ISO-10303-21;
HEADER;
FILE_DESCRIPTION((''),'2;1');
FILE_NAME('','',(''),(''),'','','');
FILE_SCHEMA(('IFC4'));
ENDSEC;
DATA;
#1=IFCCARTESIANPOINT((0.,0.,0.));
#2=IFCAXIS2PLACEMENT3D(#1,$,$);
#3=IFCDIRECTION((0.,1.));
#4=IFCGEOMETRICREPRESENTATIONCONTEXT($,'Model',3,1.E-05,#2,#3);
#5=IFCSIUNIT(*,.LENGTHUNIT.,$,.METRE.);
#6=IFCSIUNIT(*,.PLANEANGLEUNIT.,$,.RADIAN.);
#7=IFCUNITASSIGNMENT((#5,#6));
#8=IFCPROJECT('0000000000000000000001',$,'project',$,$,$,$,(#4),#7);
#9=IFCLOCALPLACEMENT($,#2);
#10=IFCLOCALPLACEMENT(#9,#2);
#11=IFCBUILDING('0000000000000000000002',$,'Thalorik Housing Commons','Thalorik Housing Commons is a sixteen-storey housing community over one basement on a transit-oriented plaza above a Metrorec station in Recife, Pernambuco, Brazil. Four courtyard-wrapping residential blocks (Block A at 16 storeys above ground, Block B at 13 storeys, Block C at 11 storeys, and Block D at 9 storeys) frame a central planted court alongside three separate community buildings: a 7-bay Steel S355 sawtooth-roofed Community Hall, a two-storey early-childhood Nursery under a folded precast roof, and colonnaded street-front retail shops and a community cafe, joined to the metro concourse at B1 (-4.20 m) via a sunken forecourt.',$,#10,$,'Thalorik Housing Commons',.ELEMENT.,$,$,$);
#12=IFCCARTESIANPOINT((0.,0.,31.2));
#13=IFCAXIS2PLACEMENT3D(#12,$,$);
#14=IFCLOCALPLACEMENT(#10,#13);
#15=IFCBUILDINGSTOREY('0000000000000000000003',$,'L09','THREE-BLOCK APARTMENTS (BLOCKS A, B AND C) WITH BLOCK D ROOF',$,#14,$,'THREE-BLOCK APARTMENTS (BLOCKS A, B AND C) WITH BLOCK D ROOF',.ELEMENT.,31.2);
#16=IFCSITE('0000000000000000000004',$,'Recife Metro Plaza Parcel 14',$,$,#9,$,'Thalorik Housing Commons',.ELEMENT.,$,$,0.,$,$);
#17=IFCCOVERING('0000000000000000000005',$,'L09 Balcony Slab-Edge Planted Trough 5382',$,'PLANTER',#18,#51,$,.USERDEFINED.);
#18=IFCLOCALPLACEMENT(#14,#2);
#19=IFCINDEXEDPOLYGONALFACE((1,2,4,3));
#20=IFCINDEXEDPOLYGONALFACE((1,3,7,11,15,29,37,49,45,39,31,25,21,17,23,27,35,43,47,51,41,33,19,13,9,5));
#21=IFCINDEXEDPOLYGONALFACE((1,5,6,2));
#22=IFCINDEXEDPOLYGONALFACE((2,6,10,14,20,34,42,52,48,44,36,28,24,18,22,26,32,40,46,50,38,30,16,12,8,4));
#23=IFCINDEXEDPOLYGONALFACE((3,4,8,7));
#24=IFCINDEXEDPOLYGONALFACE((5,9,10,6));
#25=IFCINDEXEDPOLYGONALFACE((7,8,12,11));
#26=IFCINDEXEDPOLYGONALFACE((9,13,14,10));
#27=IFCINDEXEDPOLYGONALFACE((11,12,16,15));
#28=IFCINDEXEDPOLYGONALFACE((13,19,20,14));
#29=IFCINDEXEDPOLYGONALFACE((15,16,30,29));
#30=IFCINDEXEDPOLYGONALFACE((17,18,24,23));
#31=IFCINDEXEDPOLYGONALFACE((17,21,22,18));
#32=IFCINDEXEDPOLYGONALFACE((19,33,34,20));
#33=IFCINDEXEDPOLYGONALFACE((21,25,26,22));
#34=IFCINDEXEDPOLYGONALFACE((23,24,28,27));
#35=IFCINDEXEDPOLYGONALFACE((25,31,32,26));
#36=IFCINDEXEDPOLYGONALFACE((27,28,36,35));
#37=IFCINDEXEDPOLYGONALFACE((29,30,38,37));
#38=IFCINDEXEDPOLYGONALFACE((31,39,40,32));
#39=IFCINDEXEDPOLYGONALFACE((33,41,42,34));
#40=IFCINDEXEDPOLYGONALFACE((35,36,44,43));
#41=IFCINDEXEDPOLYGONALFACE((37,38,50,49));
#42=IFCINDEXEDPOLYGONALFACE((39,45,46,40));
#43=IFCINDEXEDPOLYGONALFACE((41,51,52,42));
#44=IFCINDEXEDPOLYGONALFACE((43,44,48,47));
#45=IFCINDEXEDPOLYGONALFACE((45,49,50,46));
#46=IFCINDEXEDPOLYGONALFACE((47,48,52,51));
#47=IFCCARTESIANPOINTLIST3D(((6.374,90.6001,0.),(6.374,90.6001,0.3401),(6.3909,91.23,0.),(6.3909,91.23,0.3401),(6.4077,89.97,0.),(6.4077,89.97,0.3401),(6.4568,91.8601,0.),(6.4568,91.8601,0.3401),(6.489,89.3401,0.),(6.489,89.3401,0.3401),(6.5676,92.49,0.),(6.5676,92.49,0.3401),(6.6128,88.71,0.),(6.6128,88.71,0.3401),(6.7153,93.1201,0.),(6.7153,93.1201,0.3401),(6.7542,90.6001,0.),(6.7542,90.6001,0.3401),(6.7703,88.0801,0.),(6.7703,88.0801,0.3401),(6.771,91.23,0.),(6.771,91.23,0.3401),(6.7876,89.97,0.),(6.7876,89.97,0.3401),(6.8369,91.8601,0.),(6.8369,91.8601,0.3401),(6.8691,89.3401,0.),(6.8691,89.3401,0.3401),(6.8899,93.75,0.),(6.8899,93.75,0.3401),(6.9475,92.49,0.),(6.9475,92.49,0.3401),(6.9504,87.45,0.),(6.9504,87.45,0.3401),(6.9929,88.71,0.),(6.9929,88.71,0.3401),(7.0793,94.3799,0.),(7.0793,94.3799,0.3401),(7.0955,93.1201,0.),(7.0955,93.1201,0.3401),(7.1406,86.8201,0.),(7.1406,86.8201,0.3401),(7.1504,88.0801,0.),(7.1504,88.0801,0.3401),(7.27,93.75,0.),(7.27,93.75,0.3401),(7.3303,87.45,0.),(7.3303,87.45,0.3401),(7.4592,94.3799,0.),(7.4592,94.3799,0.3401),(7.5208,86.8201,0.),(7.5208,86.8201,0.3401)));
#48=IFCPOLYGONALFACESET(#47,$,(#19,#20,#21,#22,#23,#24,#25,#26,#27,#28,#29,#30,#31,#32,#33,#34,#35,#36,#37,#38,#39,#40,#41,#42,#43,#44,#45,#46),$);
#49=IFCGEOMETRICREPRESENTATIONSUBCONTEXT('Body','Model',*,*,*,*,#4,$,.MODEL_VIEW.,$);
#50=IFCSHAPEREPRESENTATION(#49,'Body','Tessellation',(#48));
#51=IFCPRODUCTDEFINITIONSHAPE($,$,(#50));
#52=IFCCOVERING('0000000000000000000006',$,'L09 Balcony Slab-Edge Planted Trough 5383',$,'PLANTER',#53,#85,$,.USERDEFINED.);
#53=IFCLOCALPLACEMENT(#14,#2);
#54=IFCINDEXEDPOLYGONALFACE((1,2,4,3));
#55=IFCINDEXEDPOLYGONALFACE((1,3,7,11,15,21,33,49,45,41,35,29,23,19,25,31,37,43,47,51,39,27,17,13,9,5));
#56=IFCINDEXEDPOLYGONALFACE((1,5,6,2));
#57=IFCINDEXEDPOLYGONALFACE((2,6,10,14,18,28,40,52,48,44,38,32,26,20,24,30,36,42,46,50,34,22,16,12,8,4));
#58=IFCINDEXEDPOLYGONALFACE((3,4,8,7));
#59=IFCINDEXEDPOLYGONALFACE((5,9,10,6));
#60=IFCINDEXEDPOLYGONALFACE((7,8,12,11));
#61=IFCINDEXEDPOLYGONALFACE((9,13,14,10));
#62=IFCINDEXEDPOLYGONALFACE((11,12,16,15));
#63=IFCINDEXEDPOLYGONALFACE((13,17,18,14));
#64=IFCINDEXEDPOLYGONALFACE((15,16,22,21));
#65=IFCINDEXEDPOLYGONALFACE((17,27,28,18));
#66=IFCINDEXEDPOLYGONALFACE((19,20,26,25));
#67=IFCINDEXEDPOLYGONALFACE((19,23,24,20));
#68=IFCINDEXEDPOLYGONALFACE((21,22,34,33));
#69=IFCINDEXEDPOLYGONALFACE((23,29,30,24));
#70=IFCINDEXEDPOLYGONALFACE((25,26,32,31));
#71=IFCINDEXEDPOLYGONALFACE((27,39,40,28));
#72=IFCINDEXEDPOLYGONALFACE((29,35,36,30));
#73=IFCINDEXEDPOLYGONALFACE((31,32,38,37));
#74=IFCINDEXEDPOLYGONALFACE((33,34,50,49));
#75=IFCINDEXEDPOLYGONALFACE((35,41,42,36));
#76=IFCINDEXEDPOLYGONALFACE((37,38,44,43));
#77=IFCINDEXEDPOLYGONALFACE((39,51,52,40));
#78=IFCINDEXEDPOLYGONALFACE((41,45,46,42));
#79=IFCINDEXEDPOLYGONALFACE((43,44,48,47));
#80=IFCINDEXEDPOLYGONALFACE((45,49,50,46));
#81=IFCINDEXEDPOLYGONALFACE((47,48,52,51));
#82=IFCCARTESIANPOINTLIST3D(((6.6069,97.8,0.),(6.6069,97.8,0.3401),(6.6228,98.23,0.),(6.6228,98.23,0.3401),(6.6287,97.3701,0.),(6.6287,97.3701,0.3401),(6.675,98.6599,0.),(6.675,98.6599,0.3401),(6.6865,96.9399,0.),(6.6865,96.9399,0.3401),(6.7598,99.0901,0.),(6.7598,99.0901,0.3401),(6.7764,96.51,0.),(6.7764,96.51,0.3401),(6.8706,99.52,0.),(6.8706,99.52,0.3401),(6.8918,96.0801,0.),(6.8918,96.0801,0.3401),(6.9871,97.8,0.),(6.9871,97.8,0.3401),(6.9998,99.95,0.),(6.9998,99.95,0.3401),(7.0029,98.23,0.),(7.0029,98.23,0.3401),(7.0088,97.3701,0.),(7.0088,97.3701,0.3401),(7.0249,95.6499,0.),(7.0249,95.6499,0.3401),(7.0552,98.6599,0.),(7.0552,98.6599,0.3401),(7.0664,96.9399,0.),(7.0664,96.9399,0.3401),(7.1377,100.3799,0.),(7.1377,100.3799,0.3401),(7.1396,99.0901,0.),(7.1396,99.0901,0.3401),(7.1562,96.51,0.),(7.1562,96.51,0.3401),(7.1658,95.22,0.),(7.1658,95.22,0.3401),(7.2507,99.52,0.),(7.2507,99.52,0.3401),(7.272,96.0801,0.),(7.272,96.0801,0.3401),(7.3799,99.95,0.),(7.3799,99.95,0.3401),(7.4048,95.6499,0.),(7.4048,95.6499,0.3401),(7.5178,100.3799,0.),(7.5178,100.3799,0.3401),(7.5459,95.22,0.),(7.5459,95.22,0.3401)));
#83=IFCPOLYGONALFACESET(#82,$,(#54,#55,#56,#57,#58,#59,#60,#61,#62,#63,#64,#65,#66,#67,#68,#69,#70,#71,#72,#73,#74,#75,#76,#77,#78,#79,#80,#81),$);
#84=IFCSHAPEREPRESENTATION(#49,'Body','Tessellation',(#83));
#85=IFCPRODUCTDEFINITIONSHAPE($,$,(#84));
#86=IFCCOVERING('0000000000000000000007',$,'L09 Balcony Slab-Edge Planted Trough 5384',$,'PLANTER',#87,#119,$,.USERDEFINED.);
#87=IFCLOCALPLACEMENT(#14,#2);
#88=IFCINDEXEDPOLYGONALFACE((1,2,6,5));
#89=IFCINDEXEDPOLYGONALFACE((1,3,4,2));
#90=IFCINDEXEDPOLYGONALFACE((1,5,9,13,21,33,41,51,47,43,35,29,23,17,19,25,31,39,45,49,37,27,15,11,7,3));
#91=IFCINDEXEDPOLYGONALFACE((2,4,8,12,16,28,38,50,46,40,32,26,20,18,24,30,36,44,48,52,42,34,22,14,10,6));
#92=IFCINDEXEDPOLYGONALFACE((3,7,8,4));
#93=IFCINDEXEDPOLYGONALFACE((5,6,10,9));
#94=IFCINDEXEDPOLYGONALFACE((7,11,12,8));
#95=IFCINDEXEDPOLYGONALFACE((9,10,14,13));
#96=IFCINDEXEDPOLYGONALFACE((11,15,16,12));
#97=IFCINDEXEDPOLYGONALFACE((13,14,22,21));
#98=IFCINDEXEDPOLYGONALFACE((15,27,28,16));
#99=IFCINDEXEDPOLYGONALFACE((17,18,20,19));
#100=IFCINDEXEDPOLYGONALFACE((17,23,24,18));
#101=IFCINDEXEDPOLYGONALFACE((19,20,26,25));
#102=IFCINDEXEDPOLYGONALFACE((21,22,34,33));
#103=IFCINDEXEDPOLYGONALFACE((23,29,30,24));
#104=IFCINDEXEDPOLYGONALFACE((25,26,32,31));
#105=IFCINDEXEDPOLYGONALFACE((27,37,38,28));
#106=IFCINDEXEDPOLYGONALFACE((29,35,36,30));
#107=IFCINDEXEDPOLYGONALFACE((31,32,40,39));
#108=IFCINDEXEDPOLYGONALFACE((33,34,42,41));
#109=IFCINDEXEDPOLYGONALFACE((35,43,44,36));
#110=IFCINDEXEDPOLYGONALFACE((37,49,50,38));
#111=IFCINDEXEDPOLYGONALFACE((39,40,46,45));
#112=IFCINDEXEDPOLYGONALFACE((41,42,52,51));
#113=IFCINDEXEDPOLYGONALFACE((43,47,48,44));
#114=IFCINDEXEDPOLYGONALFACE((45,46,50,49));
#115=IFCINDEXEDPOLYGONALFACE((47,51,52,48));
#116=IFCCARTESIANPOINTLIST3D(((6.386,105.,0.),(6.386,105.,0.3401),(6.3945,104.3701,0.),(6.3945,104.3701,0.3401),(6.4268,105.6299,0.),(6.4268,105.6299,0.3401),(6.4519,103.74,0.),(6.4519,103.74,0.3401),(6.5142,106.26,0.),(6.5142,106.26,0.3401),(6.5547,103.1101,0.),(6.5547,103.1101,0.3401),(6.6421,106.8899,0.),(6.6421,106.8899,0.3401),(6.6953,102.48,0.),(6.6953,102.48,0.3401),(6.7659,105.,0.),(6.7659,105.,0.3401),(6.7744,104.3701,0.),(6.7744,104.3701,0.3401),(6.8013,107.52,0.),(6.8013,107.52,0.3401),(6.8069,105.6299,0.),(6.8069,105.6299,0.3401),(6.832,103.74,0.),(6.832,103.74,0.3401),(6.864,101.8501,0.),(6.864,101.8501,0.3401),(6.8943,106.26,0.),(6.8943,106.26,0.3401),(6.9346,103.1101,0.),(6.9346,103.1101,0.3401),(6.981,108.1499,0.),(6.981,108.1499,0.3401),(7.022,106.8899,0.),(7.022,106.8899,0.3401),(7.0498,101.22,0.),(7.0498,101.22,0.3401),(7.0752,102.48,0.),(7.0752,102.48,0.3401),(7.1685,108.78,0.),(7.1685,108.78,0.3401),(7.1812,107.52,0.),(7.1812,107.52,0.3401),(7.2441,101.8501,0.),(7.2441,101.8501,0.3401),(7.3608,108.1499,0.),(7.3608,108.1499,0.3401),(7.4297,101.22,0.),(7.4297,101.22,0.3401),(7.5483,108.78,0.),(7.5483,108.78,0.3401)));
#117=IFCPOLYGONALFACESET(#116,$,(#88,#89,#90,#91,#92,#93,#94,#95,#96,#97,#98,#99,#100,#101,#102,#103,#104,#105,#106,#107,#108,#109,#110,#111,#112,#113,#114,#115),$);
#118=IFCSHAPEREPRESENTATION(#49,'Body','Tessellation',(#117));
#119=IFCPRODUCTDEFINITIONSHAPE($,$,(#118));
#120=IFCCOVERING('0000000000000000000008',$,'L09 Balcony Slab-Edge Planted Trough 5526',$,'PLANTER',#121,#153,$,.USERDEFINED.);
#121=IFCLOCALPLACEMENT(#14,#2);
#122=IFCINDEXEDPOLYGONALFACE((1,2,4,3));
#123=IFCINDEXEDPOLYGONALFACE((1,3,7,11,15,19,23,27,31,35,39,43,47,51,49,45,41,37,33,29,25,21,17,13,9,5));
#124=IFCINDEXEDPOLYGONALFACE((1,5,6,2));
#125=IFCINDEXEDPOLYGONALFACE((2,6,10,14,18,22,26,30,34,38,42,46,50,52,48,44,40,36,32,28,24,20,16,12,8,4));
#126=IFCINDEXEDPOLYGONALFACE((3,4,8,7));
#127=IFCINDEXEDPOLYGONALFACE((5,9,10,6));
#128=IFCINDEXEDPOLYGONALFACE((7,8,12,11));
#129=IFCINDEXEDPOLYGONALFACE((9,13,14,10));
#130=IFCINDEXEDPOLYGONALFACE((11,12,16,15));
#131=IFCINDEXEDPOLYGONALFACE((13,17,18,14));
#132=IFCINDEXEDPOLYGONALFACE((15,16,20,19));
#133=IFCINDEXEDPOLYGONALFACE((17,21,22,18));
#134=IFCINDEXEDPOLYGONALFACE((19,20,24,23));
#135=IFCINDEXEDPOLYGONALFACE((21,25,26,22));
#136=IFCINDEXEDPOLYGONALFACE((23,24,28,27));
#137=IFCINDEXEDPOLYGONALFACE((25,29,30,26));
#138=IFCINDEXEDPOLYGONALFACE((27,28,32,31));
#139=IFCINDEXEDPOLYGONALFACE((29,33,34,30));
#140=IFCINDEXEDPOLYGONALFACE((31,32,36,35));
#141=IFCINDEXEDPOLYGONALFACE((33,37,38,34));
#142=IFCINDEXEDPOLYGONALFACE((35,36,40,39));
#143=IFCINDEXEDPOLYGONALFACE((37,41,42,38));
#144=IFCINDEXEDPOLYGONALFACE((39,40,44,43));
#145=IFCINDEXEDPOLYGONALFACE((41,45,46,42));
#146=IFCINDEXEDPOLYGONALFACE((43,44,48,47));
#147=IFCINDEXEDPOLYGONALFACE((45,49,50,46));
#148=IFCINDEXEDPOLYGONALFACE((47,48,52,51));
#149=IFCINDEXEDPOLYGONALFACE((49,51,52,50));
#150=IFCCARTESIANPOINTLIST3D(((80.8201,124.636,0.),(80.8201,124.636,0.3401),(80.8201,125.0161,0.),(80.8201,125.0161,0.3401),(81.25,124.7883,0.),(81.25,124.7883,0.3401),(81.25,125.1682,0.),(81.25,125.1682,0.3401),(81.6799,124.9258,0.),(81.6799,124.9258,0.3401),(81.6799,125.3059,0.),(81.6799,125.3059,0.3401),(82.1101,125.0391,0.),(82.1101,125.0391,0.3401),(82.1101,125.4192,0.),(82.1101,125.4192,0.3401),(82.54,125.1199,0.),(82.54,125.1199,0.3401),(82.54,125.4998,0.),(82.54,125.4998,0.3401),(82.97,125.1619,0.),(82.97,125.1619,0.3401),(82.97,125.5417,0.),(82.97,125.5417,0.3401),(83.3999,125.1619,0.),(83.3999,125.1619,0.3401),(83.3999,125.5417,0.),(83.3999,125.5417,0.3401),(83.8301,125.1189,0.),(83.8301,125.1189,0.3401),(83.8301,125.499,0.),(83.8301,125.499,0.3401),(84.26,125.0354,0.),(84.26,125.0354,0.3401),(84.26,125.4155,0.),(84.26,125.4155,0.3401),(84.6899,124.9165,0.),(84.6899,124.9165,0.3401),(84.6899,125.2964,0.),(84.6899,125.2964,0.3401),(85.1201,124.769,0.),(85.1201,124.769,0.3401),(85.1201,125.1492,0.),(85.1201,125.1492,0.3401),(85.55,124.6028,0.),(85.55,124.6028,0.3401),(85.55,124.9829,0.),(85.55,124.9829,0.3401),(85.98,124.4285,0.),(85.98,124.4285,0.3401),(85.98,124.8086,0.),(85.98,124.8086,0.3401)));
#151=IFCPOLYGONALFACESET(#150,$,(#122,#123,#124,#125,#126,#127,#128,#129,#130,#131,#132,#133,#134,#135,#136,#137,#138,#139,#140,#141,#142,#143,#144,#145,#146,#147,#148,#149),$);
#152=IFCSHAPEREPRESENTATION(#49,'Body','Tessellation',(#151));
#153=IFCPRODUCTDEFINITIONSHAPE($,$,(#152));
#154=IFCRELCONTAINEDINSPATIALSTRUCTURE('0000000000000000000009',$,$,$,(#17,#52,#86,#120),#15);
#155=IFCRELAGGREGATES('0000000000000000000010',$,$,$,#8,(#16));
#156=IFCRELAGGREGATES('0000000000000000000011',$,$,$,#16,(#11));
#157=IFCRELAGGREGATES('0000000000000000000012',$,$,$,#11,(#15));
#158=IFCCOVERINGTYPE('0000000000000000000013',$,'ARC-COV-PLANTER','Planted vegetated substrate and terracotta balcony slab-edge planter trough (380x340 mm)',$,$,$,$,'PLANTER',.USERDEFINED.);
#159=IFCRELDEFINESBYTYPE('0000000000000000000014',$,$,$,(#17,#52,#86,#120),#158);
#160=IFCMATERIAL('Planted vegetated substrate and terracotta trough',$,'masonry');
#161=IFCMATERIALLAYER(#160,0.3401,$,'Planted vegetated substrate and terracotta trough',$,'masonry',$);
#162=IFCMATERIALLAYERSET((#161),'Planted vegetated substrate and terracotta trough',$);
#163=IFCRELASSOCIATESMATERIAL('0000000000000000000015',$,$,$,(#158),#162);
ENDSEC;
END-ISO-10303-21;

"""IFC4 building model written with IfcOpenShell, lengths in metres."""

from ifc_helpers import new_model, si_unit, direction, frame, origin, place, context, subcontext, project, spatial, polyline, outline, extrude, material, layer, layer_set, type_object, element, save


model = new_model("IFC4")

# Units and contexts
model_context = context("Model", 3, precision=1e-05, world=origin(), true_north=direction((0.0, 1.0)))
body_context = subcontext(model_context, "Body", "Model", "MODEL_VIEW")
ifc_project = project(units=[si_unit("LENGTHUNIT", "METRE"), si_unit("PLANEANGLEUNIT", "RADIAN")], contexts=[model_context])

# Site, building, storey
site_placement = place(None, origin())
site = spatial("IfcSite", under=ifc_project, at=site_placement, Name="Recife Metro Plaza Parcel 14", LongName="Thalorik Housing Commons", CompositionType="ELEMENT", RefElevation=0.0)
building_placement = place(site_placement, origin())
building = spatial("IfcBuilding", under=site, at=building_placement, Name="Thalorik Housing Commons", Description="Thalorik Housing Commons is a sixteen-storey housing community over one basement on a transit-oriented plaza above a Metrorec station in Recife, Pernambuco, Brazil. Four courtyard-wrapping residential blocks (Block A at 16 storeys above ground, Block B at 13 storeys, Block C at 11 storeys, and Block D at 9 storeys) frame a central planted court alongside three separate community buildings: a 7-bay Steel S355 sawtooth-roofed Community Hall, a two-storey early-childhood Nursery under a folded precast roof, and colonnaded street-front retail shops and a community cafe, joined to the metro concourse at B1 (-4.20 m) via a sunken forecourt.", LongName="Thalorik Housing Commons", CompositionType="ELEMENT")
storey_placement = place(building_placement, frame((0.0, 0.0, 31.2)))
storey = spatial("IfcBuildingStorey", under=building, at=storey_placement, Name="L09", Description="THREE-BLOCK APARTMENTS (BLOCKS A, B AND C) WITH BLOCK D ROOF", LongName="THREE-BLOCK APARTMENTS (BLOCKS A, B AND C) WITH BLOCK D ROOF", CompositionType="ELEMENT", Elevation=31.2)

# Coverings
ifc_material_1 = material(Name="Planted vegetated substrate and terracotta trough", Category="masonry")
ifc_layer_1 = layer(ifc_material_1, 0.3401, Name="Planted vegetated substrate and terracotta trough", Category="masonry")
ifc_layer_set_1 = layer_set([ifc_layer_1], Name="Planted vegetated substrate and terracotta trough")
covering_type_1 = type_object("IfcCoveringType", Name="ARC-COV-PLANTER", Description="Planted vegetated substrate and terracotta balcony slab-edge planter trough (380x340 mm)", ElementType="PLANTER", PredefinedType="USERDEFINED", material=ifc_layer_set_1)
covering_1_placement = place(storey_placement, origin())
element("IfcCovering", 1, at=covering_1_placement, inside=storey, type_object=covering_type_1, Name="L09 Balcony Slab-Edge Planted Trough 5382", ObjectType="PLANTER", PredefinedType="USERDEFINED", context=body_context, shape_type="SweptSolid", body=[
    extrude(outline(polyline([(7.0793, 94.3799), (6.8899, 93.75), (6.7153, 93.1201), (6.5676, 92.49), (6.4568, 91.8601), (6.3909, 91.23), (6.374, 90.6001), (6.4077, 89.97), (6.489, 89.3401), (6.6128, 88.71), (6.7703, 88.0801), (6.9504, 87.45), (7.1406, 86.8201), (7.5208, 86.8201), (7.3303, 87.45), (7.1504, 88.0801), (6.9929, 88.71), (6.8691, 89.3401), (6.7876, 89.97), (6.7542, 90.6001), (6.771, 91.23), (6.8369, 91.8601), (6.9475, 92.49), (7.0955, 93.1201), (7.27, 93.75), (7.4592, 94.3799), (7.0793, 94.3799)])), origin(), (0.0, 0.0, 1.0), 0.3401),
])
covering_2_placement = place(storey_placement, origin())
element("IfcCovering", 2, at=covering_2_placement, inside=storey, type_object=covering_type_1, Name="L09 Balcony Slab-Edge Planted Trough 5383", ObjectType="PLANTER", PredefinedType="USERDEFINED", context=body_context, shape_type="SweptSolid", body=[
    extrude(outline(polyline([(7.1377, 100.3799), (6.9998, 99.95), (6.8706, 99.52), (6.7598, 99.0901), (6.675, 98.6599), (6.6228, 98.23), (6.6069, 97.8), (6.6287, 97.3701), (6.6865, 96.9399), (6.7764, 96.51), (6.8918, 96.0801), (7.0249, 95.6499), (7.1658, 95.22), (7.5459, 95.22), (7.4048, 95.6499), (7.272, 96.0801), (7.1562, 96.51), (7.0664, 96.9399), (7.0088, 97.3701), (6.9871, 97.8), (7.0029, 98.23), (7.0552, 98.6599), (7.1396, 99.0901), (7.2507, 99.52), (7.3799, 99.95), (7.5178, 100.3799), (7.1377, 100.3799)])), origin(), (0.0, 0.0, 1.0), 0.3401),
])
covering_3_placement = place(storey_placement, origin())
element("IfcCovering", 3, at=covering_3_placement, inside=storey, type_object=covering_type_1, Name="L09 Balcony Slab-Edge Planted Trough 5384", ObjectType="PLANTER", PredefinedType="USERDEFINED", context=body_context, shape_type="SweptSolid", body=[
    extrude(outline(polyline([(7.1685, 108.78), (6.981, 108.1499), (6.8013, 107.52), (6.6421, 106.8899), (6.5142, 106.26), (6.4268, 105.6299), (6.386, 105.0), (6.3945, 104.3701), (6.4519, 103.74), (6.5547, 103.1101), (6.6953, 102.48), (6.864, 101.8501), (7.0498, 101.22), (7.4297, 101.22), (7.2441, 101.8501), (7.0752, 102.48), (6.9346, 103.1101), (6.832, 103.74), (6.7744, 104.3701), (6.7659, 105.0), (6.8069, 105.6299), (6.8943, 106.26), (7.022, 106.8899), (7.1812, 107.52), (7.3608, 108.1499), (7.5483, 108.78), (7.1685, 108.78)])), origin(), (0.0, 0.0, 1.0), 0.3401),
])
covering_4_placement = place(storey_placement, origin())
element("IfcCovering", 4, at=covering_4_placement, inside=storey, type_object=covering_type_1, Name="L09 Balcony Slab-Edge Planted Trough 5526", ObjectType="PLANTER", PredefinedType="USERDEFINED", context=body_context, shape_type="SweptSolid", body=[
    extrude(outline(polyline([(85.98, 124.8086), (85.55, 124.9829), (85.1201, 125.1492), (84.6899, 125.2964), (84.26, 125.4155), (83.8301, 125.499), (83.3999, 125.5417), (82.97, 125.5417), (82.54, 125.4998), (82.1101, 125.4192), (81.6799, 125.3059), (81.25, 125.1682), (80.8201, 125.0161), (80.8201, 124.636), (81.25, 124.7883), (81.6799, 124.9258), (82.1101, 125.0391), (82.54, 125.1199), (82.97, 125.1619), (83.3999, 125.1619), (83.8301, 125.1189), (84.26, 125.0354), (84.6899, 124.9165), (85.1201, 124.769), (85.55, 124.6028), (85.98, 124.4285), (85.98, 124.8086)])), origin(), (0.0, 0.0, 1.0), 0.3401),
])

save(model, "model.ifc")
